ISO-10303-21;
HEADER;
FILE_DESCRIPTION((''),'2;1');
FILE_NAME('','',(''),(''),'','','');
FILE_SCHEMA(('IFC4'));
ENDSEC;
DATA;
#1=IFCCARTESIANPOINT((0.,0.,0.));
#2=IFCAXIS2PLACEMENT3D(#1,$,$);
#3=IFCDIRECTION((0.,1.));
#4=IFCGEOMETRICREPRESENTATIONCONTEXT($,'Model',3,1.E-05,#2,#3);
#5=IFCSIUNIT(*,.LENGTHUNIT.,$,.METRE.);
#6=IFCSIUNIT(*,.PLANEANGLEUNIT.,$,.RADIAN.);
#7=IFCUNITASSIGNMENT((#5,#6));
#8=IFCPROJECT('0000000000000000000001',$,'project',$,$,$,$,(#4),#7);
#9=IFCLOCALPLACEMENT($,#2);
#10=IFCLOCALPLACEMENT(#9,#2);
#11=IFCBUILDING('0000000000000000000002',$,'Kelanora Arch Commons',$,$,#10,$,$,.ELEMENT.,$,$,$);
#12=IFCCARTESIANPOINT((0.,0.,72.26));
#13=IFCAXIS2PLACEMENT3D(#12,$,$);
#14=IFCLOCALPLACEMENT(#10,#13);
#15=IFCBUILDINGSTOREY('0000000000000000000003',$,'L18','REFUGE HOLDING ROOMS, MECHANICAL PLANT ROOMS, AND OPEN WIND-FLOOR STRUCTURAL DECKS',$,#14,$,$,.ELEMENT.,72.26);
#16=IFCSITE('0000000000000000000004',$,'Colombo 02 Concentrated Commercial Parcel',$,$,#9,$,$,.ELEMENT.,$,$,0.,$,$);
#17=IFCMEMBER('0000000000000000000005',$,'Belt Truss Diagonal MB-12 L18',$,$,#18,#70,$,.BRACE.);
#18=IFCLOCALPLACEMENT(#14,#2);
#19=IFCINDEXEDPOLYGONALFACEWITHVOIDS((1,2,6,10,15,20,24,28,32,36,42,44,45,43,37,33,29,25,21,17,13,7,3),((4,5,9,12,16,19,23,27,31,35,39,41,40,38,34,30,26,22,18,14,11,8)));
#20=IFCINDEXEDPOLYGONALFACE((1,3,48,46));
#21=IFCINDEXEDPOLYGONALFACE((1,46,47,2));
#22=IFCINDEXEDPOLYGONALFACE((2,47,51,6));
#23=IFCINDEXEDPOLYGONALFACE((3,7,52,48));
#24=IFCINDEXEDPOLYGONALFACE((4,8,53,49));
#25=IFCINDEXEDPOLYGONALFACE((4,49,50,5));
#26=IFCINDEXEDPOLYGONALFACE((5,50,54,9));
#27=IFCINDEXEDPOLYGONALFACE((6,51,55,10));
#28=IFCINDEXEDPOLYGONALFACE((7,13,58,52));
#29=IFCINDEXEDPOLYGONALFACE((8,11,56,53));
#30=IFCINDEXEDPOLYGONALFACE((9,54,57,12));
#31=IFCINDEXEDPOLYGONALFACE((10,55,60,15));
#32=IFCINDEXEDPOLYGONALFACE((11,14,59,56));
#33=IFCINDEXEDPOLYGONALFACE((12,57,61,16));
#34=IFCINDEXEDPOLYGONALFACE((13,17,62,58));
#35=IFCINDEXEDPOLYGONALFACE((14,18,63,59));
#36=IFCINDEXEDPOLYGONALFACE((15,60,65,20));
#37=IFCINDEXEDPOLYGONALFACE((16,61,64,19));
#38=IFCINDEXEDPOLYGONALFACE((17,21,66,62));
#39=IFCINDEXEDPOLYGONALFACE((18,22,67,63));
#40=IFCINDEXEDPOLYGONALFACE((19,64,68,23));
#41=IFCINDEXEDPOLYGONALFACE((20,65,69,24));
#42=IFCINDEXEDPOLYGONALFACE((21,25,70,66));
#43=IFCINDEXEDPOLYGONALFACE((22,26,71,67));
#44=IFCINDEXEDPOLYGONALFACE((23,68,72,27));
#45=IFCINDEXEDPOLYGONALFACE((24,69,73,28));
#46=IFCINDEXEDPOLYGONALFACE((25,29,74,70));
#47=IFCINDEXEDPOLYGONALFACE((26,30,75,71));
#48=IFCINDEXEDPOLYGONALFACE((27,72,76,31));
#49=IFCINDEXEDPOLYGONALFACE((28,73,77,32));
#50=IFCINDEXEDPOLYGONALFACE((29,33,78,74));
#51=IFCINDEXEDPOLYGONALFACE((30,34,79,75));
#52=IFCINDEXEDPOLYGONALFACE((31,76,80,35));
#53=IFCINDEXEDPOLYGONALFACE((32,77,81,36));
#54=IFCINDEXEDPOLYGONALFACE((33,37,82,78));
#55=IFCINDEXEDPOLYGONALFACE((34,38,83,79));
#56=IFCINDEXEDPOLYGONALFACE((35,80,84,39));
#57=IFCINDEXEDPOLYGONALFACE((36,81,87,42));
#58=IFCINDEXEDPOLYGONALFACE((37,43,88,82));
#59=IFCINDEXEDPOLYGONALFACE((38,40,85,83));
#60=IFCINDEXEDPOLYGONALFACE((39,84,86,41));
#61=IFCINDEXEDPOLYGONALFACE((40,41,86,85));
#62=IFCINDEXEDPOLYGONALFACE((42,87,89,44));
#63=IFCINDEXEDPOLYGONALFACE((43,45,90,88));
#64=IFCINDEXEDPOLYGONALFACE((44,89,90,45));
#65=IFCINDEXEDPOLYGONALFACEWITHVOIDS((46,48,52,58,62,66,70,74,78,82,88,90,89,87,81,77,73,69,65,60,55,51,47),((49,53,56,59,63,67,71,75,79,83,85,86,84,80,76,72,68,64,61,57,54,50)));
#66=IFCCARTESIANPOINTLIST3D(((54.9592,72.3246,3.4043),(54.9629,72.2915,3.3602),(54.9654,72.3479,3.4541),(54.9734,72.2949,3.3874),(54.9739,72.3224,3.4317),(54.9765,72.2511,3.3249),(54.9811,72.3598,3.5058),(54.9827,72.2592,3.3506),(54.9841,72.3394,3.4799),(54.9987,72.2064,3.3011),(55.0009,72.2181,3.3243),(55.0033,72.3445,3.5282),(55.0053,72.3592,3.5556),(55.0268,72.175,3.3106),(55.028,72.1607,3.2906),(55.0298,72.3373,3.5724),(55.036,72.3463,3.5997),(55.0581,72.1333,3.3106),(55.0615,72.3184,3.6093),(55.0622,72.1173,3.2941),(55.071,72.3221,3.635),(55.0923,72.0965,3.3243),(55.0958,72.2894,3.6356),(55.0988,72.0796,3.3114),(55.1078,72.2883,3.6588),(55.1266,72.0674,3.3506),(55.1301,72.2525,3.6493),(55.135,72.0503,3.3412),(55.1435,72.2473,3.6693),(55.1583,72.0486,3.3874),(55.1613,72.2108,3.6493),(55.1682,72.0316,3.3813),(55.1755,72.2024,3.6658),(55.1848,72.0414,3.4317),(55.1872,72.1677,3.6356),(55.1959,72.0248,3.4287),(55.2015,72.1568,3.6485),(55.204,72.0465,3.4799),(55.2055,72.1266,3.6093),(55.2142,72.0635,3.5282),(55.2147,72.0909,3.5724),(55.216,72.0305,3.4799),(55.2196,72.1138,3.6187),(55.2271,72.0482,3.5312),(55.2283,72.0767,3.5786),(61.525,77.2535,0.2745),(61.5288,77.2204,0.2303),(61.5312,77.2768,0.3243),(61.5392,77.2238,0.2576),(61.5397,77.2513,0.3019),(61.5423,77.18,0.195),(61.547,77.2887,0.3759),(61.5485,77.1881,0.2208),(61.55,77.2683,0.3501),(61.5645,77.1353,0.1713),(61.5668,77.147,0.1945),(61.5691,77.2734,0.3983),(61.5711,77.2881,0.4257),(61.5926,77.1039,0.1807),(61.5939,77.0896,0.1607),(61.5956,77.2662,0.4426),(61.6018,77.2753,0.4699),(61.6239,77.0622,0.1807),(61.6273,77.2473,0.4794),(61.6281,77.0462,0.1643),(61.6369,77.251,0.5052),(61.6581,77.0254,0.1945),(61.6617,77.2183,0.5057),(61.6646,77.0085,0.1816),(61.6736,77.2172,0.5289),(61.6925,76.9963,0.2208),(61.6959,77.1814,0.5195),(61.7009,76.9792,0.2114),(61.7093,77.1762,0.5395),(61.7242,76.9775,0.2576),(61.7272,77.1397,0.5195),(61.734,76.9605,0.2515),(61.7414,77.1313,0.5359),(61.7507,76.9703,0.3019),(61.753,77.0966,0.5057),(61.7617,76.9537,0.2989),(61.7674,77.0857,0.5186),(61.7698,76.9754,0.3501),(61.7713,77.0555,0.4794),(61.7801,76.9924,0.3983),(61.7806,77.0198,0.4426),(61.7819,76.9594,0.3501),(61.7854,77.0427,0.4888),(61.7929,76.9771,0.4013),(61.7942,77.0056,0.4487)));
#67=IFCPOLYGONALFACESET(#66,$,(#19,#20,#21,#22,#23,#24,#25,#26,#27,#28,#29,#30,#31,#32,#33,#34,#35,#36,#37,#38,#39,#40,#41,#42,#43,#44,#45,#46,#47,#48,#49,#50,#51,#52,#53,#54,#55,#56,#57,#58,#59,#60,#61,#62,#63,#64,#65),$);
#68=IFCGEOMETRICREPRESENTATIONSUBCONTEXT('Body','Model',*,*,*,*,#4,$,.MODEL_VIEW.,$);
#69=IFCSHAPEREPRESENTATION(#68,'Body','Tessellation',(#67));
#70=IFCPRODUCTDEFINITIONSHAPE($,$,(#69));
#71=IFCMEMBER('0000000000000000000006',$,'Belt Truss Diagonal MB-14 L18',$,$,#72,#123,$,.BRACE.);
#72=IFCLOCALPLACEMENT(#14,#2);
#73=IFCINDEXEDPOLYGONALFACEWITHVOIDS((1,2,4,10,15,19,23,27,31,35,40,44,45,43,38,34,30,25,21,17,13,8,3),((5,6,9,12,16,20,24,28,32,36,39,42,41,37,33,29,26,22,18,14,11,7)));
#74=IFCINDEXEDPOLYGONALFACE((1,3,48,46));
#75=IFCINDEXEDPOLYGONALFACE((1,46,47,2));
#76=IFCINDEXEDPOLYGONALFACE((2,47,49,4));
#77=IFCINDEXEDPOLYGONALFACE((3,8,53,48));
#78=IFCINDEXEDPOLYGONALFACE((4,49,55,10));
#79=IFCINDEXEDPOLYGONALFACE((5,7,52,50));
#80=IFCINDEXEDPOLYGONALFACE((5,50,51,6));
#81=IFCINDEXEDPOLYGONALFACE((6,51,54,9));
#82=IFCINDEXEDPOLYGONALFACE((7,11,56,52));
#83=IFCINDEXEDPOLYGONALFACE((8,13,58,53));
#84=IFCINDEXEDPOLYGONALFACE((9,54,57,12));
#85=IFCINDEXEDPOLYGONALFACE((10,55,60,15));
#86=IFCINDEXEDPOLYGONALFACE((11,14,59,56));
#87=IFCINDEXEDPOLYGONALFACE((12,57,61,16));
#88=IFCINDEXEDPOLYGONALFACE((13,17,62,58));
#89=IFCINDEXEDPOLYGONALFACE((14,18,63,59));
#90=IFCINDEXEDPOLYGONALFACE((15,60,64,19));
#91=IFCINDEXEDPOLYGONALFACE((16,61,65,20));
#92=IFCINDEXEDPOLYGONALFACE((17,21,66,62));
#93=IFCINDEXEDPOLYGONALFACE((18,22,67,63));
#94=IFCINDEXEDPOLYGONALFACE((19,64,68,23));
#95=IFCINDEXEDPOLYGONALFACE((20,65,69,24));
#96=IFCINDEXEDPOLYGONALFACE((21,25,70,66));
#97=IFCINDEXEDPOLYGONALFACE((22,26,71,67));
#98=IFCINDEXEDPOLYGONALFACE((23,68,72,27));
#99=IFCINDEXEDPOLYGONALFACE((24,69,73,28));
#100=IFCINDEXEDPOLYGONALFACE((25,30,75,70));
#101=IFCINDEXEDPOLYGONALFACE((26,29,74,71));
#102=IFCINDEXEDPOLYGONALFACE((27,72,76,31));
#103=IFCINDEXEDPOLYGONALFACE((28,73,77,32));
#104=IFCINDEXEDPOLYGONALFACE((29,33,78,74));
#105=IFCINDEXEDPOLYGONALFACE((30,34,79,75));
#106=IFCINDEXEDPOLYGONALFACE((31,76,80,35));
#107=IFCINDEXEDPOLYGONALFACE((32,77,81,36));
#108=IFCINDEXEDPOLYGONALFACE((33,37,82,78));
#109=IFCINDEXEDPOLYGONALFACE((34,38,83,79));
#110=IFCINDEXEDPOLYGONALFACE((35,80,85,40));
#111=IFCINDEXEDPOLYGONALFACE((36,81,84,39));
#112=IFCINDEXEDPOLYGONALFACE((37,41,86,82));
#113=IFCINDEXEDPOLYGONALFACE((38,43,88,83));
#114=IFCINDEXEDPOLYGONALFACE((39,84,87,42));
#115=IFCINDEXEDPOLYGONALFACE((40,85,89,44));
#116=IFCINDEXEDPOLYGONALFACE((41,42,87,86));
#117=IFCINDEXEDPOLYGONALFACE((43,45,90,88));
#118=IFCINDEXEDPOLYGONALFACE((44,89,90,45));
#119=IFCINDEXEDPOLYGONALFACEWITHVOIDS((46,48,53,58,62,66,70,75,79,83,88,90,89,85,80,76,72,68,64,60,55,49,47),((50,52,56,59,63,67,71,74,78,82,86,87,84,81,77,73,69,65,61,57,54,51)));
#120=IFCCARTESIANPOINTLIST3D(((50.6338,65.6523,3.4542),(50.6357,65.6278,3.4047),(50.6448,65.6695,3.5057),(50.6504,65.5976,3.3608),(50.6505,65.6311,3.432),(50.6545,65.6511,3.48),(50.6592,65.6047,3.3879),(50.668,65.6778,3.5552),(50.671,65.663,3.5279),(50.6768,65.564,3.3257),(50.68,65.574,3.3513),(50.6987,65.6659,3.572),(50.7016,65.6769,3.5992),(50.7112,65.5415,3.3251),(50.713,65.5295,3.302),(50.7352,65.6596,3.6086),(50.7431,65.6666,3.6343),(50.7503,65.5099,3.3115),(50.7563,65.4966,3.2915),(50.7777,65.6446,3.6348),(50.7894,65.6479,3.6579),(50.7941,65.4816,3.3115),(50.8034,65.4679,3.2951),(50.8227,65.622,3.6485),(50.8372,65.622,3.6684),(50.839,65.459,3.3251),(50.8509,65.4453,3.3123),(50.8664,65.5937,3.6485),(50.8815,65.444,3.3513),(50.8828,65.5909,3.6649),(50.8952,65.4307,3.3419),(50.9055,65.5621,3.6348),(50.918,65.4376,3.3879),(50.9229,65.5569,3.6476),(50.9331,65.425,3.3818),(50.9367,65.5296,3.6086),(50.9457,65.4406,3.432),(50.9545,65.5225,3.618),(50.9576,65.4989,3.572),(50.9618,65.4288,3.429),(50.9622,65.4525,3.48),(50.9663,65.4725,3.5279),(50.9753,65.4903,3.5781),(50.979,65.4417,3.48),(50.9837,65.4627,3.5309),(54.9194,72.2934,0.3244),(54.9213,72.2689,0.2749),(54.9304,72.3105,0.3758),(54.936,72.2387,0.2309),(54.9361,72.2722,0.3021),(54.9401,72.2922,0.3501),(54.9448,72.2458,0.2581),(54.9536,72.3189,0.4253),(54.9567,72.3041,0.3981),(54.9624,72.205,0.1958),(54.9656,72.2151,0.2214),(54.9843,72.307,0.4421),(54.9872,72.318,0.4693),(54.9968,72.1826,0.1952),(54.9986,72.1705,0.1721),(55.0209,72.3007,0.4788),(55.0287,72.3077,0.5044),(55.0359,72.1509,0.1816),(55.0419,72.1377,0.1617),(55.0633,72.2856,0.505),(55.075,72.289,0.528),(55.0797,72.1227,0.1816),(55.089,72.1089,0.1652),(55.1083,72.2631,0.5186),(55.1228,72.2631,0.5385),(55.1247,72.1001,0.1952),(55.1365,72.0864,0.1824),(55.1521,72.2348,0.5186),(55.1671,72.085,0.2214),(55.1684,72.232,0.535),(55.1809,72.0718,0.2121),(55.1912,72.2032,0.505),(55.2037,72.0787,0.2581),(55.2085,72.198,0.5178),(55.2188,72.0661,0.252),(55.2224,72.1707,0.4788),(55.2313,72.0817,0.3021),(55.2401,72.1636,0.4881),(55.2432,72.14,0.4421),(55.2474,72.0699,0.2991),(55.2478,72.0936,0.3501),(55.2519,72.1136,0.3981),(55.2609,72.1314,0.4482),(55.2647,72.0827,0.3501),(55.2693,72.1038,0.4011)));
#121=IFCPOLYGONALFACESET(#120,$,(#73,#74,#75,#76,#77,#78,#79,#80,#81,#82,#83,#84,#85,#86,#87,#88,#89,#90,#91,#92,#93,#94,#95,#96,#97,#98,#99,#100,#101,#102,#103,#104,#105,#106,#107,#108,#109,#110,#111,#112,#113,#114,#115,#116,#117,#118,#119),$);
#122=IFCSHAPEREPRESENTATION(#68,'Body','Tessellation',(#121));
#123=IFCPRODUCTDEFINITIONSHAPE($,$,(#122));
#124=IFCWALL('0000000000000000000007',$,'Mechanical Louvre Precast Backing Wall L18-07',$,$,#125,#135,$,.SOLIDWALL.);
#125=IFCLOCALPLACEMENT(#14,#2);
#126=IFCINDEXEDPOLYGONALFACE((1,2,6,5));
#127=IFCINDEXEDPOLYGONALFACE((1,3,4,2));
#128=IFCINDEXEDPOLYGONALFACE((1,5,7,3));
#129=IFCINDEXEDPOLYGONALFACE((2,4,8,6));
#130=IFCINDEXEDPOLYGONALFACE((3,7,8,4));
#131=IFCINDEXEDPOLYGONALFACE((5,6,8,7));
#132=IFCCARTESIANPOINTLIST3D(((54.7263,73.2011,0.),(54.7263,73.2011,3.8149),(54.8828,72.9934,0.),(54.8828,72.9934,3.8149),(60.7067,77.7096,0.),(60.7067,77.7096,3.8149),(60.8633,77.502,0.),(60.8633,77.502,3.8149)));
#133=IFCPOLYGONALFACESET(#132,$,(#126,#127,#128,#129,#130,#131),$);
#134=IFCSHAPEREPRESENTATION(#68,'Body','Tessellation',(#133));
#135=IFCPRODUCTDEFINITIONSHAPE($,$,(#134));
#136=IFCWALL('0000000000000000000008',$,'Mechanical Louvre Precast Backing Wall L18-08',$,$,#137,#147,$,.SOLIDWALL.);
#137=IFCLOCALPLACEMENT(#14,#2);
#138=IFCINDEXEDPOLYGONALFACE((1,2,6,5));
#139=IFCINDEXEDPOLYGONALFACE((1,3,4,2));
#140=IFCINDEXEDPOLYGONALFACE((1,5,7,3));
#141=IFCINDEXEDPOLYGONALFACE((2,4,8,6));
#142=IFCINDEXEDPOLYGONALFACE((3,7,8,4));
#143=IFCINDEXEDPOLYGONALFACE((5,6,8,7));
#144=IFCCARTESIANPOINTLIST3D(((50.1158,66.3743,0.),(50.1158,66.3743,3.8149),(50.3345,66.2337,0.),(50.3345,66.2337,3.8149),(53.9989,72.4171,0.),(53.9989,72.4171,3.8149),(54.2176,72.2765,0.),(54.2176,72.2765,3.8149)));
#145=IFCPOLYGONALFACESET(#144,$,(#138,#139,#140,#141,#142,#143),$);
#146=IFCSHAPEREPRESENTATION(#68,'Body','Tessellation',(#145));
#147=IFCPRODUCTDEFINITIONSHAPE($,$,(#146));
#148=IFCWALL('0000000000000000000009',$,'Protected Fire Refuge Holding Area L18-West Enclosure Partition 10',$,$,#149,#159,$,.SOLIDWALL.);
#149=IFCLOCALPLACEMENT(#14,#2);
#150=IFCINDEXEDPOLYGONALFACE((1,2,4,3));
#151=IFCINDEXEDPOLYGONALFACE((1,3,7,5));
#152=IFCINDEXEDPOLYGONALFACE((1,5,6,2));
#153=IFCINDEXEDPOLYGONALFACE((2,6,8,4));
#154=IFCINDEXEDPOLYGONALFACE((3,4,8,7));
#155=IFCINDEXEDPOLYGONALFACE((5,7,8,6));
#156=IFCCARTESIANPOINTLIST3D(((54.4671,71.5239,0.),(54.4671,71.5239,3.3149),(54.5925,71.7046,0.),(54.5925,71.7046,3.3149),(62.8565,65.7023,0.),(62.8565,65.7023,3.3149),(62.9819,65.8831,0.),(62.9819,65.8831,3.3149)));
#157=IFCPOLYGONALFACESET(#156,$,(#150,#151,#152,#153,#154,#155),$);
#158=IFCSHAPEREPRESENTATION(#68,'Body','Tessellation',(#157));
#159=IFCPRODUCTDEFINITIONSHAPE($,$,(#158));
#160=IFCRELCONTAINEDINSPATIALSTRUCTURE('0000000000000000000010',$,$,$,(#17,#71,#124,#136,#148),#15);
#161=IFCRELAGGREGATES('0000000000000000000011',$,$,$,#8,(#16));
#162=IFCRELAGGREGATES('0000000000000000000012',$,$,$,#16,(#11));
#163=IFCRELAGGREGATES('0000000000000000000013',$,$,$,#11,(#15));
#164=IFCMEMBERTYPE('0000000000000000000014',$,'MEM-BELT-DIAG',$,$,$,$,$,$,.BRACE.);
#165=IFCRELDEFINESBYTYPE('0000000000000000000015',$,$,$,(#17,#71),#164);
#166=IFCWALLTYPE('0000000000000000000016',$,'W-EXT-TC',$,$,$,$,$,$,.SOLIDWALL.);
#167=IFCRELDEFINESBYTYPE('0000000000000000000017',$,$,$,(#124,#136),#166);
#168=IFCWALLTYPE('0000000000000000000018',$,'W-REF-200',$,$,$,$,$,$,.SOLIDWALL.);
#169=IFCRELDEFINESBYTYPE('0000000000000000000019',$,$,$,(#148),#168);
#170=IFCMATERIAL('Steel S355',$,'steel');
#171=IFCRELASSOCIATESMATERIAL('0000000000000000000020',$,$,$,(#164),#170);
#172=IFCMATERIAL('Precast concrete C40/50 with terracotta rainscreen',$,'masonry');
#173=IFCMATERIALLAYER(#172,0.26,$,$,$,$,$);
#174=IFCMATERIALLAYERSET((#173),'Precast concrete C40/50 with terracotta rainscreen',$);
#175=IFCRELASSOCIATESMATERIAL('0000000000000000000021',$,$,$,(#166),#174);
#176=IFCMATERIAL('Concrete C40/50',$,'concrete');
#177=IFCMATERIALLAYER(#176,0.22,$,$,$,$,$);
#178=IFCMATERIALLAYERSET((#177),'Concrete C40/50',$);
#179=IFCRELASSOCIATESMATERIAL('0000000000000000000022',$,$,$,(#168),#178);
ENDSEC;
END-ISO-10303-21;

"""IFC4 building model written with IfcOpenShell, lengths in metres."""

from ifc_helpers import new_model, si_unit, direction, frame, frame_2d, origin, origin_2d, place, context, subcontext, project, spatial, rectangle, hollow_circle, extrude, material, layer, layer_set, material_profile, profile_set, type_object, element, save


model = new_model("IFC4")

# Units and contexts
model_context = context("Model", 3, precision=1e-05, world=origin(), true_north=direction((0.0, 1.0)))
body_context = subcontext(model_context, "Body", "Model", "MODEL_VIEW")
ifc_project = project(units=[si_unit("LENGTHUNIT", "METRE"), si_unit("PLANEANGLEUNIT", "RADIAN")], contexts=[model_context])

# Site, building, storey
site_placement = place(None, origin())
site = spatial("IfcSite", under=ifc_project, at=site_placement, Name="Colombo 02 Concentrated Commercial Parcel", CompositionType="ELEMENT", RefElevation=0.0)
building_placement = place(site_placement, origin())
building = spatial("IfcBuilding", under=site, at=building_placement, Name="Kelanora Arch Commons", CompositionType="ELEMENT")
storey_placement = place(building_placement, frame((0.0, 0.0, 72.26)))
storey = spatial("IfcBuildingStorey", under=building, at=storey_placement, Name="L18", Description="REFUGE HOLDING ROOMS, MECHANICAL PLANT ROOMS, AND OPEN WIND-FLOOR STRUCTURAL DECKS", CompositionType="ELEMENT", Elevation=72.26)

# Shared definitions
ifc_material_1 = material(Name="Steel S355", Category="steel")

# Members
ifc_material_profile_1 = material_profile(ifc_material_1, hollow_circle(Radius=0.2031, WallThickness=0.02, at=origin_2d()), Name="CHS406.4x20")
ifc_profile_set_1 = profile_set([ifc_material_profile_1], Name="Steel S355")
member_type = type_object("IfcMemberType", Name="MEM-BELT-DIAG", PredefinedType="BRACE", material=ifc_profile_set_1)
member_1_placement = place(storey_placement, frame((61.6599, 77.1218, 0.3501), z_axis=(-0.747276, -0.560971, 0.356216), x_axis=(0.600352, -0.799736, 0.0)))
element("IfcMember", 1, at=member_1_placement, inside=storey, type_object=member_type, Name="Belt Truss Diagonal MB-12 L18", PredefinedType="BRACE", context=body_context, shape_type="SweptSolid", body=[
    extrude(hollow_circle(Radius=0.2031, WallThickness=0.02, at=origin_2d()), origin(), (0.0, 0.0, 1.0), 8.7864),
])
member_2_placement = place(storey_placement, frame((55.094, 72.1929, 0.3501), z_axis=(-0.504133, -0.781214, 0.368177), x_axis=(0.840236, -0.542221, 0.0)))
element("IfcMember", 2, at=member_2_placement, inside=storey, type_object=member_type, Name="Belt Truss Diagonal MB-14 L18", PredefinedType="BRACE", context=body_context, shape_type="SweptSolid", body=[
    extrude(hollow_circle(Radius=0.2031, WallThickness=0.02, at=origin_2d()), origin(), (0.0, 0.0, 1.0), 8.501),
])

# Walls
ifc_material_2 = material(Name="Precast concrete C40/50 with terracotta rainscreen", Category="masonry")
ifc_layer_1 = layer(ifc_material_2, 0.26)
ifc_layer_set_1 = layer_set([ifc_layer_1], Name="Precast concrete C40/50 with terracotta rainscreen")
wall_type_1 = type_object("IfcWallType", Name="W-EXT-TC", PredefinedType="SOLIDWALL", material=ifc_layer_set_1)
wall_1_placement = place(storey_placement, frame((60.7849, 77.6057, 0.0), z_axis=(0.0, 0.0, 1.0), x_axis=(-0.798511, -0.60198, 0.0)))
element("IfcWall", 3, at=wall_1_placement, inside=storey, type_object=wall_type_1, Name="Mechanical Louvre Precast Backing Wall L18-07", PredefinedType="SOLIDWALL", context=body_context, shape_type="SweptSolid", body=[
    extrude(rectangle(XDim=7.4895, YDim=0.26, at=frame_2d((3.7446, 0.0))), origin(), (0.0, 0.0, 1.0), 3.8149),
])
wall_2_placement = place(storey_placement, frame((54.1082, 72.3467, 0.0), z_axis=(0.0, 0.0, 1.0), x_axis=(-0.540605, -0.841277, 0.0)))
element("IfcWall", 4, at=wall_2_placement, inside=storey, type_object=wall_type_1, Name="Mechanical Louvre Precast Backing Wall L18-08", PredefinedType="SOLIDWALL", context=body_context, shape_type="SweptSolid", body=[
    extrude(rectangle(XDim=7.1829, YDim=0.26, at=frame_2d((3.5913, 0.0))), origin(), (0.0, 0.0, 1.0), 3.8149),
])
ifc_material_3 = material(Name="Concrete C40/50", Category="concrete")
ifc_layer_2 = layer(ifc_material_3, 0.22)
ifc_layer_set_2 = layer_set([ifc_layer_2], Name="Concrete C40/50")
wall_type_2 = type_object("IfcWallType", Name="W-REF-200", PredefinedType="SOLIDWALL", material=ifc_layer_set_2)
wall_3_placement = place(storey_placement, frame((54.5298, 71.6143, 0.0), z_axis=(0.0, 0.0, 1.0), x_axis=(0.821574, -0.570102, 0.0)))
element("IfcWall", 5, at=wall_3_placement, inside=storey, type_object=wall_type_2, Name="Protected Fire Refuge Holding Area L18-West Enclosure Partition 10", PredefinedType="SOLIDWALL", context=body_context, shape_type="SweptSolid", body=[
    extrude(rectangle(XDim=10.2114, YDim=0.22, at=frame_2d((5.1057, 0.0))), origin(), (0.0, 0.0, 1.0), 3.3149),
])

save(model, "model.ifc")
